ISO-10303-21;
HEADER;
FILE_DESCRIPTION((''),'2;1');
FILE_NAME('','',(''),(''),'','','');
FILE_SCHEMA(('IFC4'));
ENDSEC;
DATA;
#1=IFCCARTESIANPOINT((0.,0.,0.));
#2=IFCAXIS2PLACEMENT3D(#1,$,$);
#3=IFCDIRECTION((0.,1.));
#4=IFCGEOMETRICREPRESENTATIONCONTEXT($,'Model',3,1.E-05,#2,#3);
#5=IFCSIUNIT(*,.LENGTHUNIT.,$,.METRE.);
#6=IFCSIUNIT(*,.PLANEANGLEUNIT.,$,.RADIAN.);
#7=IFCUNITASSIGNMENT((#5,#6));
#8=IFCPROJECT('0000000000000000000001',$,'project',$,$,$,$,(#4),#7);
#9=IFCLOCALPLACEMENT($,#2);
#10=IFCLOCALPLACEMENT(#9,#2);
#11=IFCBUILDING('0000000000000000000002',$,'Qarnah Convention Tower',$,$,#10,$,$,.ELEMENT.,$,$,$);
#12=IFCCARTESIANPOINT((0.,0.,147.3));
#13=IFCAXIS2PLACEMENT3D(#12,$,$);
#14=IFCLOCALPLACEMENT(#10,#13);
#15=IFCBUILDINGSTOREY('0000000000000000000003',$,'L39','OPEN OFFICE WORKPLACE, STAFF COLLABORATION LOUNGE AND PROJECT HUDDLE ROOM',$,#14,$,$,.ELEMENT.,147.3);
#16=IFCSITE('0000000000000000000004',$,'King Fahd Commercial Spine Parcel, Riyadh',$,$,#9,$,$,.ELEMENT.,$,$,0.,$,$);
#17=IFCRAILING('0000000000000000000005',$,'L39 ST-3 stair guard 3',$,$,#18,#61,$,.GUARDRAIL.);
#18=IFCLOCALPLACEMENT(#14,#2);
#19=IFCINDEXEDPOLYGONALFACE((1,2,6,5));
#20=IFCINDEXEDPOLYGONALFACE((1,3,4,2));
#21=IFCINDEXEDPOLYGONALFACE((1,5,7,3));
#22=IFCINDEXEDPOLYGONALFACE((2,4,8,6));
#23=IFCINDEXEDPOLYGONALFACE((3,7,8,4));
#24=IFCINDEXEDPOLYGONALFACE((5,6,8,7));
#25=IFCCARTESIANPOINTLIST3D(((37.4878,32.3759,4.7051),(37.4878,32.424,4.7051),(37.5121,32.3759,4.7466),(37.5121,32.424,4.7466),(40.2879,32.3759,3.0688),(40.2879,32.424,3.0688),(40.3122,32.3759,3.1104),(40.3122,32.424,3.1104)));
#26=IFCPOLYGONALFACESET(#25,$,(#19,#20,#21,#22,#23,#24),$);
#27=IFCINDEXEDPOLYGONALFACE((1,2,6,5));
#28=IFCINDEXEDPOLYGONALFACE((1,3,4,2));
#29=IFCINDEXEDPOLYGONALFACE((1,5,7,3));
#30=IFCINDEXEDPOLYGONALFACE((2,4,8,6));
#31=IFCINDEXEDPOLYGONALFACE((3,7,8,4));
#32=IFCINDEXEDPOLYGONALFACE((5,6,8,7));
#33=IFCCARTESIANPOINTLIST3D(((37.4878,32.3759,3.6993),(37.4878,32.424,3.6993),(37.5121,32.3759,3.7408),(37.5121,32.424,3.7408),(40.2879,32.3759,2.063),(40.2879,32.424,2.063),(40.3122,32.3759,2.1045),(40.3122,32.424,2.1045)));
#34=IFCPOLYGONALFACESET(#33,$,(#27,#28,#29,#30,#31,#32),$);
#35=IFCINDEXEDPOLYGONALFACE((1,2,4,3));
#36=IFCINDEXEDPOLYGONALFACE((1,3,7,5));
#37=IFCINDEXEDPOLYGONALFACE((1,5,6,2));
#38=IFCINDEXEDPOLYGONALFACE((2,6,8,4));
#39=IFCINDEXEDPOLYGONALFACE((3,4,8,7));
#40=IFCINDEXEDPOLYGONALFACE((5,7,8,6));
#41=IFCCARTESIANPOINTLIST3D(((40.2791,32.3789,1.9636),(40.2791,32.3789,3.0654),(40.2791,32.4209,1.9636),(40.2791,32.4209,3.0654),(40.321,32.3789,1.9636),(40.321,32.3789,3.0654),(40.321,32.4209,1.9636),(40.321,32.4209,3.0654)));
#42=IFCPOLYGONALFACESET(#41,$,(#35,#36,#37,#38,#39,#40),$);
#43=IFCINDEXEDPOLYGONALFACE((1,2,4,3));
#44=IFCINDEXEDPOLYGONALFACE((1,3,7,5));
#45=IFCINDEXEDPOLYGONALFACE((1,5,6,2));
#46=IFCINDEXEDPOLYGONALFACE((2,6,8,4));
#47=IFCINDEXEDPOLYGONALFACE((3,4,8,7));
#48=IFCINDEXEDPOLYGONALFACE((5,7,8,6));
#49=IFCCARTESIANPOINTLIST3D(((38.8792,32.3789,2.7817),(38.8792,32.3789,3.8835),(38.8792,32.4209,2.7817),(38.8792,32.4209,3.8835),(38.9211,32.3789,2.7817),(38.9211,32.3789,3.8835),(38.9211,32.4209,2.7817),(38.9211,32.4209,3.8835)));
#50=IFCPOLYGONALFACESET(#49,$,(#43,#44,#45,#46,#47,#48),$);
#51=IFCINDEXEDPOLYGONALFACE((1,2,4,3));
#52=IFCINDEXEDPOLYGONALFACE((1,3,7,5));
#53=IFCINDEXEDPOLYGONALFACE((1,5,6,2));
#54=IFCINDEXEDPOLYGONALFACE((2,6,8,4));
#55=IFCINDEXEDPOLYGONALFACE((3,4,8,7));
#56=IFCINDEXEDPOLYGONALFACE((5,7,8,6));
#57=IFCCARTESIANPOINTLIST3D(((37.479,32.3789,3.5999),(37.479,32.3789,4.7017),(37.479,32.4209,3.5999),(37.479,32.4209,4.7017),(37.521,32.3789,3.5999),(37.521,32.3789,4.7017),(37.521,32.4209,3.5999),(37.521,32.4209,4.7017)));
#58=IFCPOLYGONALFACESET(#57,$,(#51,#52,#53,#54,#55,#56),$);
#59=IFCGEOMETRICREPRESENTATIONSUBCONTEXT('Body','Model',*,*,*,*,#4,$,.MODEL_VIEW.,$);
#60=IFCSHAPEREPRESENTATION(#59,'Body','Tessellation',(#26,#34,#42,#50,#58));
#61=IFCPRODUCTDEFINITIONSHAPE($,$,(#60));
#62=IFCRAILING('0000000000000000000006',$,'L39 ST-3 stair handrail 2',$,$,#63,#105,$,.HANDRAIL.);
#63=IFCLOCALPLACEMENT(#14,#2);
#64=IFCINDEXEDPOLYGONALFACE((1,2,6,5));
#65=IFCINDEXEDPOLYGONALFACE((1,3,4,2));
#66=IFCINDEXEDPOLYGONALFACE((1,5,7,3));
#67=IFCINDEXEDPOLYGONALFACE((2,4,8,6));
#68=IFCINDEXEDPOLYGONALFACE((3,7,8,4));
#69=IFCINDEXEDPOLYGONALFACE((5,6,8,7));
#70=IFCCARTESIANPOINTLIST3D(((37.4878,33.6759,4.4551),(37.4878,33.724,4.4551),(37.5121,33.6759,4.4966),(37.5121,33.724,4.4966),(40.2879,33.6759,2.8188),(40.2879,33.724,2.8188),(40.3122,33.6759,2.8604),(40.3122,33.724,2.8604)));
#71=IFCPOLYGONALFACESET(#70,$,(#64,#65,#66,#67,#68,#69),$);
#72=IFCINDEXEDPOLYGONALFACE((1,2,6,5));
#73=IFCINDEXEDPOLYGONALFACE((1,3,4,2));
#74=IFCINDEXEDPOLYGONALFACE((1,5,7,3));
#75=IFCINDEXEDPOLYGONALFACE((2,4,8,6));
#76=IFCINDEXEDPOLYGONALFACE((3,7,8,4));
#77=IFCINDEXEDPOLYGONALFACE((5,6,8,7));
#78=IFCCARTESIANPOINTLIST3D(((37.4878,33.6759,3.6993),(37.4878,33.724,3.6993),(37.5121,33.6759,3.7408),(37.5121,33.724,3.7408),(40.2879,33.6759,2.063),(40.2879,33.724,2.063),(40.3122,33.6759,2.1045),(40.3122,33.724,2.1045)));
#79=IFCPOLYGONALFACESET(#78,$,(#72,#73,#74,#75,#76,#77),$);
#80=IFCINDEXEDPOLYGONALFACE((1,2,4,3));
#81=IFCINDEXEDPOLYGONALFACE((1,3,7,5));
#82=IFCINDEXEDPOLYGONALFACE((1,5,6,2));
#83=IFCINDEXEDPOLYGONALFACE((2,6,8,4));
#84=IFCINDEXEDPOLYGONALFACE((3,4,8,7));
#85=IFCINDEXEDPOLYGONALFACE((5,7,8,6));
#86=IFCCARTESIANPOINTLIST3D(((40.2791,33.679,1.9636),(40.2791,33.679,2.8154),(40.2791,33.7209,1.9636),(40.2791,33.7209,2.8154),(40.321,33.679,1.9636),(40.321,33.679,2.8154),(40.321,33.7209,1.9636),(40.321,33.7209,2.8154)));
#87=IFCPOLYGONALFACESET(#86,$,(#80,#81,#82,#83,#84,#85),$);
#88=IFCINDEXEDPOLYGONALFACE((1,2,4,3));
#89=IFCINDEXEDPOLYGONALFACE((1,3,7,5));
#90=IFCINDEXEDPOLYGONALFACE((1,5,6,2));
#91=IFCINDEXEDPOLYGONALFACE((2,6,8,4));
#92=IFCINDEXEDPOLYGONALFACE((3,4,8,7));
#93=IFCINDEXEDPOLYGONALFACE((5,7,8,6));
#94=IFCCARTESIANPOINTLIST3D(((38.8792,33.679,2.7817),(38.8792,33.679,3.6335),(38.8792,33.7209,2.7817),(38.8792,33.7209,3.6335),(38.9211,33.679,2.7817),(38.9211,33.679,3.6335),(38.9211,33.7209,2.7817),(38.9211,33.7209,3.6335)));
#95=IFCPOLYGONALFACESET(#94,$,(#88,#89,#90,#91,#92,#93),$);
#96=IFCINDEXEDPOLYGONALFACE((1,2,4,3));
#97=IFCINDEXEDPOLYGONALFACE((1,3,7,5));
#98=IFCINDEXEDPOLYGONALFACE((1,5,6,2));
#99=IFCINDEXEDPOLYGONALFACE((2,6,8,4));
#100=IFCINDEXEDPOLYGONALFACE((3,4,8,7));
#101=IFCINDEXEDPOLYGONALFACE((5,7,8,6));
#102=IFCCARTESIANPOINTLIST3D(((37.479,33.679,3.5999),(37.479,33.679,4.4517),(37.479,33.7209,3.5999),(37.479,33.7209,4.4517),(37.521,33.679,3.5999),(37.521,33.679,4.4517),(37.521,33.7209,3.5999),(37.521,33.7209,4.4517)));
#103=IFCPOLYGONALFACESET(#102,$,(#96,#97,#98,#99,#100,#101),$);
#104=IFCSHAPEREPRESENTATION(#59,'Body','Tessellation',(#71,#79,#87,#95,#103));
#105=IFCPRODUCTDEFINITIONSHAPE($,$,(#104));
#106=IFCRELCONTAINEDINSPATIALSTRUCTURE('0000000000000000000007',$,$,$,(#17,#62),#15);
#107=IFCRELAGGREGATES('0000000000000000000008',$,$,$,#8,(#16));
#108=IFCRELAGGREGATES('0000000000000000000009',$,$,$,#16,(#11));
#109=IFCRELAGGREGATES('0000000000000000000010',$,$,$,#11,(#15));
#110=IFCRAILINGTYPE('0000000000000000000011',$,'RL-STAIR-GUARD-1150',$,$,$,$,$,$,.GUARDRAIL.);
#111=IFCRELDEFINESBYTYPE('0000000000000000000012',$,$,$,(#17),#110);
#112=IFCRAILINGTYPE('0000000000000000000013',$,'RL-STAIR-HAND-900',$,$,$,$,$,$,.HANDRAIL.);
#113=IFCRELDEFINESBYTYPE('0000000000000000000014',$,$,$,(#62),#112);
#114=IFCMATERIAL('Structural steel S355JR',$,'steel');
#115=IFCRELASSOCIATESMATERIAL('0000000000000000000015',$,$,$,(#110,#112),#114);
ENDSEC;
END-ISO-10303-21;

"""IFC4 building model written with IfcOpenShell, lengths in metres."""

from ifc_helpers import new_model, si_unit, direction, frame, origin, origin_2d, place, context, subcontext, project, spatial, rectangle, extrude, material, type_object, element, save


model = new_model("IFC4")

# Units and contexts
model_context = context("Model", 3, precision=1e-05, world=origin(), true_north=direction((0.0, 1.0)))
body_context = subcontext(model_context, "Body", "Model", "MODEL_VIEW")
ifc_project = project(units=[si_unit("LENGTHUNIT", "METRE"), si_unit("PLANEANGLEUNIT", "RADIAN")], contexts=[model_context])

# Site, building, storey
site_placement = place(None, origin())
site = spatial("IfcSite", under=ifc_project, at=site_placement, Name="King Fahd Commercial Spine Parcel, Riyadh", CompositionType="ELEMENT", RefElevation=0.0)
building_placement = place(site_placement, origin())
building = spatial("IfcBuilding", under=site, at=building_placement, Name="Qarnah Convention Tower", CompositionType="ELEMENT")
storey_placement = place(building_placement, frame((0.0, 0.0, 147.3)))
storey = spatial("IfcBuildingStorey", under=building, at=storey_placement, Name="L39", Description="OPEN OFFICE WORKPLACE, STAFF COLLABORATION LOUNGE AND PROJECT HUDDLE ROOM", CompositionType="ELEMENT", Elevation=147.3)

# Shared definitions
ifc_material_1 = material(Name="Structural steel S355JR", Category="steel")

# Railings
railing_type_1 = type_object("IfcRailingType", Name="RL-STAIR-GUARD-1150", PredefinedType="GUARDRAIL", material=ifc_material_1)
railing_1_placement = place(storey_placement, frame((40.3, 32.3999, 1.9636)))
element("IfcRailing", 1, at=railing_1_placement, inside=storey, type_object=railing_type_1, Name="L39 ST-3 stair guard 3", PredefinedType="GUARDRAIL", context=body_context, shape_type="SweptSolid", body=[
    extrude(rectangle(XDim=0.0481, YDim=0.0481, at=origin_2d()), frame((0.0, 0.0, 1.126), z_axis=(-0.863394, 0.0, 0.504531), x_axis=(0.0, -1.0, 0.0)), (0.0, 0.0, 1.0), 3.2432),
    extrude(rectangle(XDim=0.0481, YDim=0.0481, at=origin_2d()), frame((0.0, 0.0, 0.1201), z_axis=(-0.863394, 0.0, 0.504531), x_axis=(0.0, -1.0, 0.0)), (0.0, 0.0, 1.0), 3.2432),
    extrude(rectangle(XDim=0.042, YDim=0.042, at=origin_2d()), origin(), (0.0, 0.0, 1.0), 1.1018),
    extrude(rectangle(XDim=0.042, YDim=0.042, at=origin_2d()), frame((-1.3999, 0.0, 0.8181)), (0.0, 0.0, 1.0), 1.1018),
    extrude(rectangle(XDim=0.042, YDim=0.042, at=origin_2d()), frame((-2.8, 0.0, 1.6362)), (0.0, 0.0, 1.0), 1.1018),
])
railing_type_2 = type_object("IfcRailingType", Name="RL-STAIR-HAND-900", PredefinedType="HANDRAIL", material=ifc_material_1)
railing_2_placement = place(storey_placement, frame((40.3, 33.7, 1.9636)))
element("IfcRailing", 2, at=railing_2_placement, inside=storey, type_object=railing_type_2, Name="L39 ST-3 stair handrail 2", PredefinedType="HANDRAIL", context=body_context, shape_type="SweptSolid", body=[
    extrude(rectangle(XDim=0.0481, YDim=0.0481, at=origin_2d()), frame((0.0, 0.0, 0.876), z_axis=(-0.863394, 0.0, 0.504531), x_axis=(0.0, -1.0, 0.0)), (0.0, 0.0, 1.0), 3.2432),
    extrude(rectangle(XDim=0.0481, YDim=0.0481, at=origin_2d()), frame((0.0, 0.0, 0.1201), z_axis=(-0.863394, 0.0, 0.504531), x_axis=(0.0, -1.0, 0.0)), (0.0, 0.0, 1.0), 3.2432),
    extrude(rectangle(XDim=0.042, YDim=0.042, at=origin_2d()), origin(), (0.0, 0.0, 1.0), 0.8518),
    extrude(rectangle(XDim=0.042, YDim=0.042, at=origin_2d()), frame((-1.3999, 0.0, 0.8181)), (0.0, 0.0, 1.0), 0.8518),
    extrude(rectangle(XDim=0.042, YDim=0.042, at=origin_2d()), frame((-2.8, 0.0, 1.6362)), (0.0, 0.0, 1.0), 0.8518),
])

save(model, "model.ifc")
